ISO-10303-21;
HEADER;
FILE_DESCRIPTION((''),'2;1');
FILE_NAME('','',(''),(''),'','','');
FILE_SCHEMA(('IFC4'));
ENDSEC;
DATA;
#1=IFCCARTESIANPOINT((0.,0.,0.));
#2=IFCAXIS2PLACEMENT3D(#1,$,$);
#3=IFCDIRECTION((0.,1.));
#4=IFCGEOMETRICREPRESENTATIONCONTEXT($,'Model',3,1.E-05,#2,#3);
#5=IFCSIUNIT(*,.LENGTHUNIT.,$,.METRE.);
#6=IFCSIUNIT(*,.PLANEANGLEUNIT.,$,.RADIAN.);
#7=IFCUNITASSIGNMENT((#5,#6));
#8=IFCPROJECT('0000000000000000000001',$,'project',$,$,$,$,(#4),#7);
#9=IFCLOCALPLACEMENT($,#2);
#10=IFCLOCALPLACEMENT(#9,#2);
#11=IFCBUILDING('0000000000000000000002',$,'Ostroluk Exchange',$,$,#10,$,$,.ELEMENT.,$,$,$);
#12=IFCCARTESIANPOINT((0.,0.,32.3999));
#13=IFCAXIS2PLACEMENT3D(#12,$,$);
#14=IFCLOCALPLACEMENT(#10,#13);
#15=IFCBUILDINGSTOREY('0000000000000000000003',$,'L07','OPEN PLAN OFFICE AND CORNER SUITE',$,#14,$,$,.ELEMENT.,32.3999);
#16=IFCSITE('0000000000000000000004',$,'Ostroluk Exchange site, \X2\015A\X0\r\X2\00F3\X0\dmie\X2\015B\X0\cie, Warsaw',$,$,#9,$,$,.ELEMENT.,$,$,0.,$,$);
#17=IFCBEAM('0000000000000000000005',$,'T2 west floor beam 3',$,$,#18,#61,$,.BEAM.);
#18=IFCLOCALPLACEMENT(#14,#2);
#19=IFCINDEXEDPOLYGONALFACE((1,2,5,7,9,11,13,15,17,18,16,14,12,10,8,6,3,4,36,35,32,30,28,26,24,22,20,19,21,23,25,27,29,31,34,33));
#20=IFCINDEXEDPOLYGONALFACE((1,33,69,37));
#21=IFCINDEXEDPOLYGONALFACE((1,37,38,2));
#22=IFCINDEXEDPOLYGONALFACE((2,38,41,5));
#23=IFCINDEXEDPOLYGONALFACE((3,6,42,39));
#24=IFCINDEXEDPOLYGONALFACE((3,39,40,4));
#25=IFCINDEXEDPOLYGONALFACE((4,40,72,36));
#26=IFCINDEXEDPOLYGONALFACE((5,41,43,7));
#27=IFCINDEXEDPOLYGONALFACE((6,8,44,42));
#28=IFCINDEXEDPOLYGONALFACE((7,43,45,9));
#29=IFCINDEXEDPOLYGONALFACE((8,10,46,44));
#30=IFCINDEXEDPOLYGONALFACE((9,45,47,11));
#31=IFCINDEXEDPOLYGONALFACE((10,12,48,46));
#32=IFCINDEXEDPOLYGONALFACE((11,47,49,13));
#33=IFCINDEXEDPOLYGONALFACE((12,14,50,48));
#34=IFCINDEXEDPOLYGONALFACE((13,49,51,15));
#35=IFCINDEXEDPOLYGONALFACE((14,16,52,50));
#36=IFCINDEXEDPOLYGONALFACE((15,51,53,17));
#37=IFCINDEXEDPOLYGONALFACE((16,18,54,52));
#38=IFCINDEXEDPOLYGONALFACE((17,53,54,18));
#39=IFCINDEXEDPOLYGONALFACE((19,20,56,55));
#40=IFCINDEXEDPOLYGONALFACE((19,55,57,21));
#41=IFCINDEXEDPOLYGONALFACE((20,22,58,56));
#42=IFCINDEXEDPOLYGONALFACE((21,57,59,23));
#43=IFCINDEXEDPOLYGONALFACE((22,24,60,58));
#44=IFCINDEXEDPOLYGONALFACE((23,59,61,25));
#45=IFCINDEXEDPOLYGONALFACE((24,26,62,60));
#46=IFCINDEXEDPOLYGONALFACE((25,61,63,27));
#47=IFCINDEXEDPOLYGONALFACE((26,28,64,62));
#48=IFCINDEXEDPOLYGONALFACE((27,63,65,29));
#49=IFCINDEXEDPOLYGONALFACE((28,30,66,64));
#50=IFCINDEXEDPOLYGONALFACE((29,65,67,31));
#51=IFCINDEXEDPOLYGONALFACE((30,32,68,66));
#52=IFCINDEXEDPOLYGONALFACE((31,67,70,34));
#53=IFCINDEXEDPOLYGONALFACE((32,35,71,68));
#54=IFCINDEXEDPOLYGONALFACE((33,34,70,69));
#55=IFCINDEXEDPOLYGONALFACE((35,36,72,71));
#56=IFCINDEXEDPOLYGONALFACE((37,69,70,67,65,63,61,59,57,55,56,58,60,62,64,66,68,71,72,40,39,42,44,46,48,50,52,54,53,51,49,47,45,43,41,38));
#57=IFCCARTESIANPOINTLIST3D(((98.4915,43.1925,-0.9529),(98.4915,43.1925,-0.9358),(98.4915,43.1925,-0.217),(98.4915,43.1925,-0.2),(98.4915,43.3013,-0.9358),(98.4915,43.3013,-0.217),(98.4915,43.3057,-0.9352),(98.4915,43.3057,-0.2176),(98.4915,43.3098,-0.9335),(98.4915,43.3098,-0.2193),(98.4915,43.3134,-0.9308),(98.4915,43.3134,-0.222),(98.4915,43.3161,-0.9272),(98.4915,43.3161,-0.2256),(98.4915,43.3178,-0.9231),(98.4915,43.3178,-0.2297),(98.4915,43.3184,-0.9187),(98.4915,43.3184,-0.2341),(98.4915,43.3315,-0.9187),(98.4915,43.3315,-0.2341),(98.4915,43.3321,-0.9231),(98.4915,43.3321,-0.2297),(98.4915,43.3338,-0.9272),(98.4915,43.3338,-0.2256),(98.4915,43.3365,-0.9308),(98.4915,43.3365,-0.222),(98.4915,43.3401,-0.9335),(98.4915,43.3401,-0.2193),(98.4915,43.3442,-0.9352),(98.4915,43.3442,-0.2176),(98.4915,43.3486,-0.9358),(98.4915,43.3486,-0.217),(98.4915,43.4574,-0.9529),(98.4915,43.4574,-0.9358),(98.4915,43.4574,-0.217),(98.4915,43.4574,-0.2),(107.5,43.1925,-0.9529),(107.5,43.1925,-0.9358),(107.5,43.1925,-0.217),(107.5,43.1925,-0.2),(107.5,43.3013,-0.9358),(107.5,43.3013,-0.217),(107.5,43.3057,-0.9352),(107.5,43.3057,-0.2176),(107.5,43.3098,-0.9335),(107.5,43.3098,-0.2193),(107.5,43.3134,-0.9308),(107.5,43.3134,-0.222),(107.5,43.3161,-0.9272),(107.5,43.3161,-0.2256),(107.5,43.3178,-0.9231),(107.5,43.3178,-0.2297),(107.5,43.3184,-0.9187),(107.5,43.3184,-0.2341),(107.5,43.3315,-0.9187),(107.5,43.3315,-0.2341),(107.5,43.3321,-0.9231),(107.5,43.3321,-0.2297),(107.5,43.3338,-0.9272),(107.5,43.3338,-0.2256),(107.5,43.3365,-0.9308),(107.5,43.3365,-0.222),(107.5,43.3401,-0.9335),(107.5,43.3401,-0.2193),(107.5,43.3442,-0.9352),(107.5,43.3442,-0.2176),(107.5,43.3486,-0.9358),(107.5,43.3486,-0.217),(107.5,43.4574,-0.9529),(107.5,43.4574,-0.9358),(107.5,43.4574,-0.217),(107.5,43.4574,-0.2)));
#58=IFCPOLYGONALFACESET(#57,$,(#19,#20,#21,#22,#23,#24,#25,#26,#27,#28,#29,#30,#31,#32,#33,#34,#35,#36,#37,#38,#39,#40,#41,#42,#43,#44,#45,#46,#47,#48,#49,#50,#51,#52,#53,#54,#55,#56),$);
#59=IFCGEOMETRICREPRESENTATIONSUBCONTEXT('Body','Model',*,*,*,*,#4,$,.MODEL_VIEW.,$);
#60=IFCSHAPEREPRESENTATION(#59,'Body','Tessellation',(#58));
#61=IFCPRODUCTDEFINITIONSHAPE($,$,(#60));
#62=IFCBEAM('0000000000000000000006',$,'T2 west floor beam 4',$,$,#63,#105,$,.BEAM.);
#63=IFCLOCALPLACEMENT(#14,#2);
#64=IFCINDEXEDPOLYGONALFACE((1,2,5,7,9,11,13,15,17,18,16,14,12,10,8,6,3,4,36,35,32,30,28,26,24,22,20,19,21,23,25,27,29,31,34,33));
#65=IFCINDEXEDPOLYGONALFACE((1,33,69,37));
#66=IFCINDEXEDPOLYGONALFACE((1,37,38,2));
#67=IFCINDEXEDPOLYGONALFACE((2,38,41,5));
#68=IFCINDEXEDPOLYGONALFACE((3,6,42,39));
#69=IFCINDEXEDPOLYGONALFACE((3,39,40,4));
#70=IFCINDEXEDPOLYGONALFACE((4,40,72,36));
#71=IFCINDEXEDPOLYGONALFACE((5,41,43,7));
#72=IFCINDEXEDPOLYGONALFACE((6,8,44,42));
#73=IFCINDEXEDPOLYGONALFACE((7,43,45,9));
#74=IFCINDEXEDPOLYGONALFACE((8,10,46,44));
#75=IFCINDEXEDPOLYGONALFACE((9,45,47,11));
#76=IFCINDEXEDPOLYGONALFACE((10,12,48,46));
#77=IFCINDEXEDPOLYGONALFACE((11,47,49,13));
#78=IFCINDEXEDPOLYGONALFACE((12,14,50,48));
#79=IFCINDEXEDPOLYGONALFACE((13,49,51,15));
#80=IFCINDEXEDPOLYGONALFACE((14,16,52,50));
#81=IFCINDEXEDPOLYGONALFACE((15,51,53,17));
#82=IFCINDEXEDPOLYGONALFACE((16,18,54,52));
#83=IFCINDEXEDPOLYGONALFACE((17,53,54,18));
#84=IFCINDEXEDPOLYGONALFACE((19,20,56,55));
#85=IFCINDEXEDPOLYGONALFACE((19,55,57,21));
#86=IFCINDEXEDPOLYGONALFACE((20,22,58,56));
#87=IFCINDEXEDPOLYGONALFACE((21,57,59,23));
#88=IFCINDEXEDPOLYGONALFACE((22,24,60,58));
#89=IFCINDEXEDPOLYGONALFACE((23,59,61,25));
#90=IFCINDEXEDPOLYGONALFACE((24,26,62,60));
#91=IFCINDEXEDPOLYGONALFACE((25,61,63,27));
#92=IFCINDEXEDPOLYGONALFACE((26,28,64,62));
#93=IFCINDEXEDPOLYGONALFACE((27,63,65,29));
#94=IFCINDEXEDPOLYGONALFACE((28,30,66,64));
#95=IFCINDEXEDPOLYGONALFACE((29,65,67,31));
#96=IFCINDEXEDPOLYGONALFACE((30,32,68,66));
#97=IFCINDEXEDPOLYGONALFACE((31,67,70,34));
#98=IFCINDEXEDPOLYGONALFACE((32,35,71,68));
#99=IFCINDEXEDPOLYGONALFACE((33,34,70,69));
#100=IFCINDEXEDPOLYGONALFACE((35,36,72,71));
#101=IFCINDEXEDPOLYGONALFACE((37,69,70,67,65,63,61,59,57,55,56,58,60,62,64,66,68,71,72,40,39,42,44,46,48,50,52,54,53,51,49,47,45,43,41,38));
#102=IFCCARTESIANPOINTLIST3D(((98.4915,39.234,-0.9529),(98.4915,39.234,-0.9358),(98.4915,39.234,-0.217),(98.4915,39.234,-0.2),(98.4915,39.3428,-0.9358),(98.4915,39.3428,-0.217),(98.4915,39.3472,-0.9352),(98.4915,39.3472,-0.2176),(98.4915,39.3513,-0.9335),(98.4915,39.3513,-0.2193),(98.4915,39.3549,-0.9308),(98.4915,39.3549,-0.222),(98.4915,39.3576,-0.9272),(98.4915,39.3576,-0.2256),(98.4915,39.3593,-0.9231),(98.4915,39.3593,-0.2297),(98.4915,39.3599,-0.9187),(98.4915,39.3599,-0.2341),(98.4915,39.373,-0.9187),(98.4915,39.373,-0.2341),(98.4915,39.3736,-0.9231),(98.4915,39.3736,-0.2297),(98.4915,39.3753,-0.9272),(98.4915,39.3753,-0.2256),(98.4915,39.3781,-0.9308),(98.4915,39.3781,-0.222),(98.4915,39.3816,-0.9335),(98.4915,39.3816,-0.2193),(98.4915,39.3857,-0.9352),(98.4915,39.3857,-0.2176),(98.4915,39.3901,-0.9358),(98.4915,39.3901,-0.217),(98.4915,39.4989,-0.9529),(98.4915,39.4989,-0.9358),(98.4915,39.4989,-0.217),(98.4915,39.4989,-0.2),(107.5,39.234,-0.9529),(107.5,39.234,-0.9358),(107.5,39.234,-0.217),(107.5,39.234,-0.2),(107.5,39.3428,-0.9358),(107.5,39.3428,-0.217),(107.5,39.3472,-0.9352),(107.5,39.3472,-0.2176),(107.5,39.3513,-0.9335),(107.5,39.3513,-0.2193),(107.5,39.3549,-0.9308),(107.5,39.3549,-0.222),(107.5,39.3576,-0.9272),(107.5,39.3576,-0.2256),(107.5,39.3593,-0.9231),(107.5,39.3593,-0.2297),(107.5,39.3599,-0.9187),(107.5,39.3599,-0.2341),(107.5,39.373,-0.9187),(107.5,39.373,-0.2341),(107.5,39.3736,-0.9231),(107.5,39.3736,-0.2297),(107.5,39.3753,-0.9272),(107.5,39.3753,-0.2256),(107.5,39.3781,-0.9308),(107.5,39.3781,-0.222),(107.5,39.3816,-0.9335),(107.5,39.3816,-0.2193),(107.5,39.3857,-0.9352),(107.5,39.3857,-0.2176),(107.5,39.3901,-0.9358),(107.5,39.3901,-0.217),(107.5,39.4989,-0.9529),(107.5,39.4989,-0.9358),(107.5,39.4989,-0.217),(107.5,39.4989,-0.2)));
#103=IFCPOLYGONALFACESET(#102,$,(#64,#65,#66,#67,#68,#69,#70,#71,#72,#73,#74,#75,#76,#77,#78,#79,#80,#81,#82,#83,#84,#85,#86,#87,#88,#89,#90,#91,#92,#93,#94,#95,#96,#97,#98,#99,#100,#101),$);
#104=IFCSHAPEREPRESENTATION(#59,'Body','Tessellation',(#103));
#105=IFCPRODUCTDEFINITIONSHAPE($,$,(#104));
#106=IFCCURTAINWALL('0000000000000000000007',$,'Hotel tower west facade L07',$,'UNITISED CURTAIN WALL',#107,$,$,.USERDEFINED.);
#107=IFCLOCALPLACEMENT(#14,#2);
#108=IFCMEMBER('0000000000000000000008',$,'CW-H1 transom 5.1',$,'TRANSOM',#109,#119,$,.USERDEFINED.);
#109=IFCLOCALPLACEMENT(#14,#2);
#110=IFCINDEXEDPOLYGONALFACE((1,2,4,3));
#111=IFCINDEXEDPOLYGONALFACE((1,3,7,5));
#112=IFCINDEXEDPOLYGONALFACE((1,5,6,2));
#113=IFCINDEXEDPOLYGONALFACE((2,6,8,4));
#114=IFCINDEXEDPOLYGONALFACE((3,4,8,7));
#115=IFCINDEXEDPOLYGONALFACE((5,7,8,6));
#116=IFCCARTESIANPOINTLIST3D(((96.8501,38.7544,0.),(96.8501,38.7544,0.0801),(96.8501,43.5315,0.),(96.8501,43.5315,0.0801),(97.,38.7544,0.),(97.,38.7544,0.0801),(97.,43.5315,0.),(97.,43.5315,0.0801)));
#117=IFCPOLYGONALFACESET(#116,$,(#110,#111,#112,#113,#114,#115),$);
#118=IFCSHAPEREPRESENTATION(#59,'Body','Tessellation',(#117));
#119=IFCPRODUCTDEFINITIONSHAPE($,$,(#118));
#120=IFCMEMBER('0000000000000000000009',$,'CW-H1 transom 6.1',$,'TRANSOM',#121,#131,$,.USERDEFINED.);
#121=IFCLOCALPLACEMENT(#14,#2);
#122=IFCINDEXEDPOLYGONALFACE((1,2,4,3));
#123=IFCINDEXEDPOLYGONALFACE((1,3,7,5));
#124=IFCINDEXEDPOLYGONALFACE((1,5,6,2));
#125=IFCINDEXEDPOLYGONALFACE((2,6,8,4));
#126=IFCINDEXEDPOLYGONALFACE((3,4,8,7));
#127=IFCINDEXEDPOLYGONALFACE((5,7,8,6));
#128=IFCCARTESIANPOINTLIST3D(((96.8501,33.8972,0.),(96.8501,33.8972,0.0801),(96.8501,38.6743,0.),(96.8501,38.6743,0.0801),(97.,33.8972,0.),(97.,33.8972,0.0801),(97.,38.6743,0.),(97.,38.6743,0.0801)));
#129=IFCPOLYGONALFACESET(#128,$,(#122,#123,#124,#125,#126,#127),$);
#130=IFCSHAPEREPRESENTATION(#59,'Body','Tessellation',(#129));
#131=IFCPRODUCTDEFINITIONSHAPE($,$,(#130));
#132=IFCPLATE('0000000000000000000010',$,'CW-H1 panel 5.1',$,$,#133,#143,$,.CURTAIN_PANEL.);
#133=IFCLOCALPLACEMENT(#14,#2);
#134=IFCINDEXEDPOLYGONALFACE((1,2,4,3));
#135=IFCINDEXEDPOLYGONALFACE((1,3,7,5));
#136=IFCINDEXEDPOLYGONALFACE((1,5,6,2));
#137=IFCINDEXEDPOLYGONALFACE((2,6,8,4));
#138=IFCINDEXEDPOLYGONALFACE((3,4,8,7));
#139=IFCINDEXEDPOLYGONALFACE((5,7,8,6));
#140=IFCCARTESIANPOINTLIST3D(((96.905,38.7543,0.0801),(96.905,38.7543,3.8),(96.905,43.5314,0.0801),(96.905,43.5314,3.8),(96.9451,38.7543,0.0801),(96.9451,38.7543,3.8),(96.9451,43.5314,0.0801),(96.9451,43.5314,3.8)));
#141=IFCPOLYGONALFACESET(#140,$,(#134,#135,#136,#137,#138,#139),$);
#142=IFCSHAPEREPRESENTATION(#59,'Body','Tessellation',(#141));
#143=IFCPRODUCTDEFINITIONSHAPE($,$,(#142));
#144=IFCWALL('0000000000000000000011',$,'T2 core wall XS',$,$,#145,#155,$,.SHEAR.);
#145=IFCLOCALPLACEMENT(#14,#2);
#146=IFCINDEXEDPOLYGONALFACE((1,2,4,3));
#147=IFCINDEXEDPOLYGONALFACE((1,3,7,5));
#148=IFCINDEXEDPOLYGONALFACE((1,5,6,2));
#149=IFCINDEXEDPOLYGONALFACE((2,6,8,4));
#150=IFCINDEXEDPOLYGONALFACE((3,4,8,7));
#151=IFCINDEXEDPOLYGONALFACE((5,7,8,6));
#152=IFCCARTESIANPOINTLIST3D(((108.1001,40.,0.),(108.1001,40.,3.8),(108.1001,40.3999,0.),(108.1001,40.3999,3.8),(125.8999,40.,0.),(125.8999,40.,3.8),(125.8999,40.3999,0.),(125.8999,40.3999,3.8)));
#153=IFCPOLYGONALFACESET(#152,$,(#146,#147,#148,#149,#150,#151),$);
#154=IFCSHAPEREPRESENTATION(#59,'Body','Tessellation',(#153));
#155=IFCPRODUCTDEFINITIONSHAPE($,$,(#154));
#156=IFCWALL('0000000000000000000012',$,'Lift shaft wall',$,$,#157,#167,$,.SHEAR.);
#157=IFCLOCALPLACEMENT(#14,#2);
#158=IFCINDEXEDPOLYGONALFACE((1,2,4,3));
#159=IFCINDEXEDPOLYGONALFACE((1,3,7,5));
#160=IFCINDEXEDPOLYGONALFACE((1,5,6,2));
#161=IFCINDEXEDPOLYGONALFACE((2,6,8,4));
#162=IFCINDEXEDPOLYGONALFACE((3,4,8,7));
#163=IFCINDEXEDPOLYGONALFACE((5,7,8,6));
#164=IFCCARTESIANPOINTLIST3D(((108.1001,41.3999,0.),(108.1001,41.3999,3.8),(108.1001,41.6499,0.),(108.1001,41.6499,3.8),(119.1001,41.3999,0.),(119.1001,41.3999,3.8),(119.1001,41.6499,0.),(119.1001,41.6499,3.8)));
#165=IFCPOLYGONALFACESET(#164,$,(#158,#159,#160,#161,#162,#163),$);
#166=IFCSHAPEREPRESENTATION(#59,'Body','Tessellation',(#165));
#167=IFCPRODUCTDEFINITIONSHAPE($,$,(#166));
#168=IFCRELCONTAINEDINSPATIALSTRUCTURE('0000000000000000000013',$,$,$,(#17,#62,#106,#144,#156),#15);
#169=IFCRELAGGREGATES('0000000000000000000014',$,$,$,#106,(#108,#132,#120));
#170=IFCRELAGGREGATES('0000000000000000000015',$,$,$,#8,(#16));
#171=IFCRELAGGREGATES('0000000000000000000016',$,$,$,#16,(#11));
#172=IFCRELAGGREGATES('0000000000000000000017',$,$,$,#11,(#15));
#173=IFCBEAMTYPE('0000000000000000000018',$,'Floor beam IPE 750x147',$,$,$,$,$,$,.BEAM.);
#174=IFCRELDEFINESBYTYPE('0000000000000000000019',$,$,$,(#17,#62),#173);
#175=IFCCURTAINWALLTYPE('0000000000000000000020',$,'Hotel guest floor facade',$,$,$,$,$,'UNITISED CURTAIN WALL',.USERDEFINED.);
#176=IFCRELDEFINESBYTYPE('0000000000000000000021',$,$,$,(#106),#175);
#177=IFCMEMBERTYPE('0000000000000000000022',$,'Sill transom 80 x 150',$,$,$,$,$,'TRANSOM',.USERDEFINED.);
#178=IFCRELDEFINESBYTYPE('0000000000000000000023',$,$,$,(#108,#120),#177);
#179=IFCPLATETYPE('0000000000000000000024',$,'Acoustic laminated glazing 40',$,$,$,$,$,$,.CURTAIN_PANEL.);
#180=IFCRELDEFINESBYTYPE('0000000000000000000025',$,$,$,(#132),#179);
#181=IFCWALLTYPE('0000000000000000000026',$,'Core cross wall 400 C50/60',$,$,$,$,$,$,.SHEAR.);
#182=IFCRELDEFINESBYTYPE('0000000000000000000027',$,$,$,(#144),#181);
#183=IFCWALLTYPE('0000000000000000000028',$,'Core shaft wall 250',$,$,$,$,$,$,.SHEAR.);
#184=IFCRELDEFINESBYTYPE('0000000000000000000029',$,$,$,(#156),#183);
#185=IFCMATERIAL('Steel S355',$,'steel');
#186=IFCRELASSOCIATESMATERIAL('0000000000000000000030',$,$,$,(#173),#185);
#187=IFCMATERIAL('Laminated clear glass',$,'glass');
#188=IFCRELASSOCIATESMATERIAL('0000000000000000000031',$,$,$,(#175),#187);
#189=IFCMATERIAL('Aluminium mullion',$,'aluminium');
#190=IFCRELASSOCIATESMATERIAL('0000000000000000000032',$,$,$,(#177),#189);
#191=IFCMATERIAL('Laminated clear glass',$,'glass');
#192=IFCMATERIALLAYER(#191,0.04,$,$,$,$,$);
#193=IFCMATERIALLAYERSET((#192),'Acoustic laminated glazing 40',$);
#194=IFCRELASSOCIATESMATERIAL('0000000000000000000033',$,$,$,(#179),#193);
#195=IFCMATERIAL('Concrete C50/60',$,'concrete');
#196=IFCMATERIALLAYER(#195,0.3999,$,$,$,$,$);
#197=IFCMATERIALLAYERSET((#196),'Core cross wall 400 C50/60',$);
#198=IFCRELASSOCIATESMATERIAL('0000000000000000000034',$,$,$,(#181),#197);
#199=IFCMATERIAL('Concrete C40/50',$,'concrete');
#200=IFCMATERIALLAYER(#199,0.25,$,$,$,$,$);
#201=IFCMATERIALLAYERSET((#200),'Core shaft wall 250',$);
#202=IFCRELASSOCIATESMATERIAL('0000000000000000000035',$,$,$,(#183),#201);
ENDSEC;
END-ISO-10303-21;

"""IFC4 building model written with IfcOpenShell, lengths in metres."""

from ifc_helpers import new_model, si_unit, direction, frame, frame_2d, origin, origin_2d, place, context, subcontext, project, spatial, rectangle, i_section, extrude, material, layer, layer_set, material_profile, profile_set, type_object, element, aggregate, save


model = new_model("IFC4")

# Units and contexts
model_context = context("Model", 3, precision=1e-05, world=origin(), true_north=direction((0.0, 1.0)))
body_context = subcontext(model_context, "Body", "Model", "MODEL_VIEW")
ifc_project = project(units=[si_unit("LENGTHUNIT", "METRE"), si_unit("PLANEANGLEUNIT", "RADIAN")], contexts=[model_context])

# Site, building, storey
site_placement = place(None, origin())
site = spatial("IfcSite", under=ifc_project, at=site_placement, Name="Ostroluk Exchange site, Śródmieście, Warsaw", CompositionType="ELEMENT", RefElevation=0.0)
building_placement = place(site_placement, origin())
building = spatial("IfcBuilding", under=site, at=building_placement, Name="Ostroluk Exchange", CompositionType="ELEMENT")
storey_placement = place(building_placement, frame((0.0, 0.0, 32.3999)))
storey = spatial("IfcBuildingStorey", under=building, at=storey_placement, Name="L07", Description="OPEN PLAN OFFICE AND CORNER SUITE", CompositionType="ELEMENT", Elevation=32.3999)

# Beams
ifc_material_1 = material(Name="Steel S355", Category="steel")
ifc_material_profile_1 = material_profile(ifc_material_1, i_section(OverallWidth=0.2649, OverallDepth=0.7529, WebThickness=0.0132, FlangeThickness=0.0171, FilletRadius=0.0171, at=origin_2d()), Name="IPE 750x147")
ifc_profile_set_1 = profile_set([ifc_material_profile_1], Name="Steel S355")
beam_type = type_object("IfcBeamType", Name="Floor beam IPE 750x147", PredefinedType="BEAM", material=ifc_profile_set_1)
for number, where, z_axis, x_axis, name in (
    (1, (107.5, 43.325, -0.5764), (-1.0, 0.0, 0.0), (0.0, -1.0, 0.0), "T2 west floor beam 3"),
    (2, (107.5, 39.3665, -0.5764), (-1.0, 0.0, 0.0), (0.0, -1.0, 0.0), "T2 west floor beam 4"),
):
    element("IfcBeam", number, at=place(storey_placement, frame(where, z_axis=z_axis, x_axis=x_axis)), inside=storey, type_object=beam_type, Name=name, PredefinedType="BEAM", context=body_context, shape_type="SweptSolid", body=[
        extrude(i_section(OverallWidth=0.2649, OverallDepth=0.7529, WebThickness=0.0132, FlangeThickness=0.0171, FilletRadius=0.0171, at=origin_2d()), origin(), (0.0, 0.0, 1.0), 9.0085),
    ])

# Curtain wall, members, plate
ifc_material_2 = material(Name="Laminated clear glass", Category="glass")
curtain_wall_type = type_object("IfcCurtainWallType", Name="Hotel guest floor facade", ElementType="UNITISED CURTAIN WALL", PredefinedType="USERDEFINED", material=ifc_material_2)
curtain_wall_placement = place(storey_placement, origin())
curtain_wall = element("IfcCurtainWall", 3, at=curtain_wall_placement, inside=storey, type_object=curtain_wall_type, Name="Hotel tower west facade L07", ObjectType="UNITISED CURTAIN WALL", PredefinedType="USERDEFINED")
ifc_material_3 = material(Name="Aluminium mullion", Category="aluminium")
ifc_material_profile_2 = material_profile(ifc_material_3, rectangle(XDim=0.1499, YDim=0.0801, at=origin_2d()), Name="Sill transom 80 x 150")
ifc_profile_set_2 = profile_set([ifc_material_profile_2], Name="Aluminium mullion")
member_type = type_object("IfcMemberType", Name="Sill transom 80 x 150", ElementType="TRANSOM", PredefinedType="USERDEFINED", material=ifc_profile_set_2)
member_1_placement = place(storey_placement, frame((96.925, 43.5315, 0.04), z_axis=(0.0, -1.0, 0.0), x_axis=(1.0, 0.0, 0.0)))
member_1 = element("IfcMember", 4, at=member_1_placement, type_object=member_type, Name="CW-H1 transom 5.1", ObjectType="TRANSOM", PredefinedType="USERDEFINED", context=body_context, shape_type="SweptSolid", body=[
    extrude(rectangle(XDim=0.1499, YDim=0.0801, at=origin_2d()), origin(), (0.0, 0.0, 1.0), 4.7771),
])
member_2_placement = place(storey_placement, frame((96.925, 38.6743, 0.04), z_axis=(0.0, -1.0, 0.0), x_axis=(1.0, 0.0, 0.0)))
member_2 = element("IfcMember", 5, at=member_2_placement, type_object=member_type, Name="CW-H1 transom 6.1", ObjectType="TRANSOM", PredefinedType="USERDEFINED", context=body_context, shape_type="SweptSolid", body=[
    extrude(rectangle(XDim=0.1499, YDim=0.0801, at=origin_2d()), origin(), (0.0, 0.0, 1.0), 4.7771),
])
ifc_material_4 = material(Name="Laminated clear glass", Category="glass")
ifc_layer_1 = layer(ifc_material_4, 0.04)
ifc_layer_set_1 = layer_set([ifc_layer_1], Name="Acoustic laminated glazing 40")
plate_type = type_object("IfcPlateType", Name="Acoustic laminated glazing 40", PredefinedType="CURTAIN_PANEL", material=ifc_layer_set_1)
plate_placement = place(storey_placement, frame((96.925, 41.1428, 0.0801), z_axis=(0.0, 0.0, 1.0), x_axis=(0.0, -1.0, 0.0)))
plate = element("IfcPlate", 6, at=plate_placement, type_object=plate_type, Name="CW-H1 panel 5.1", PredefinedType="CURTAIN_PANEL", context=body_context, shape_type="SweptSolid", body=[
    extrude(rectangle(XDim=4.7771, YDim=0.04, at=origin_2d()), origin(), (0.0, 0.0, 1.0), 3.72),
])
aggregate(curtain_wall, [member_1, plate, member_2])

# Walls
ifc_material_5 = material(Name="Concrete C50/60", Category="concrete")
ifc_layer_2 = layer(ifc_material_5, 0.3999)
ifc_layer_set_2 = layer_set([ifc_layer_2], Name="Core cross wall 400 C50/60")
wall_type_1 = type_object("IfcWallType", Name="Core cross wall 400 C50/60", PredefinedType="SHEAR", material=ifc_layer_set_2)
wall_1_placement = place(storey_placement, frame((108.1001, 40.2, 0.0), z_axis=(0.0, 0.0, 1.0), x_axis=(1.0, 0.0, 0.0)))
element("IfcWall", 7, at=wall_1_placement, inside=storey, type_object=wall_type_1, Name="T2 core wall XS", PredefinedType="SHEAR", context=body_context, shape_type="SweptSolid", body=[
    extrude(rectangle(XDim=17.7998, YDim=0.3999, at=frame_2d((8.8999, 0.0))), origin(), (0.0, 0.0, 1.0), 3.8),
])
ifc_material_6 = material(Name="Concrete C40/50", Category="concrete")
ifc_layer_3 = layer(ifc_material_6, 0.25)
ifc_layer_set_3 = layer_set([ifc_layer_3], Name="Core shaft wall 250")
wall_type_2 = type_object("IfcWallType", Name="Core shaft wall 250", PredefinedType="SHEAR", material=ifc_layer_set_3)
wall_2_placement = place(storey_placement, frame((108.1001, 41.5249, 0.0), z_axis=(0.0, 0.0, 1.0), x_axis=(1.0, 0.0, 0.0)))
element("IfcWall", 8, at=wall_2_placement, inside=storey, type_object=wall_type_2, Name="Lift shaft wall", PredefinedType="SHEAR", context=body_context, shape_type="SweptSolid", body=[
    extrude(rectangle(XDim=11.0, YDim=0.25, at=frame_2d((5.5, 0.0))), origin(), (0.0, 0.0, 1.0), 3.8),
])

save(model, "model.ifc")
